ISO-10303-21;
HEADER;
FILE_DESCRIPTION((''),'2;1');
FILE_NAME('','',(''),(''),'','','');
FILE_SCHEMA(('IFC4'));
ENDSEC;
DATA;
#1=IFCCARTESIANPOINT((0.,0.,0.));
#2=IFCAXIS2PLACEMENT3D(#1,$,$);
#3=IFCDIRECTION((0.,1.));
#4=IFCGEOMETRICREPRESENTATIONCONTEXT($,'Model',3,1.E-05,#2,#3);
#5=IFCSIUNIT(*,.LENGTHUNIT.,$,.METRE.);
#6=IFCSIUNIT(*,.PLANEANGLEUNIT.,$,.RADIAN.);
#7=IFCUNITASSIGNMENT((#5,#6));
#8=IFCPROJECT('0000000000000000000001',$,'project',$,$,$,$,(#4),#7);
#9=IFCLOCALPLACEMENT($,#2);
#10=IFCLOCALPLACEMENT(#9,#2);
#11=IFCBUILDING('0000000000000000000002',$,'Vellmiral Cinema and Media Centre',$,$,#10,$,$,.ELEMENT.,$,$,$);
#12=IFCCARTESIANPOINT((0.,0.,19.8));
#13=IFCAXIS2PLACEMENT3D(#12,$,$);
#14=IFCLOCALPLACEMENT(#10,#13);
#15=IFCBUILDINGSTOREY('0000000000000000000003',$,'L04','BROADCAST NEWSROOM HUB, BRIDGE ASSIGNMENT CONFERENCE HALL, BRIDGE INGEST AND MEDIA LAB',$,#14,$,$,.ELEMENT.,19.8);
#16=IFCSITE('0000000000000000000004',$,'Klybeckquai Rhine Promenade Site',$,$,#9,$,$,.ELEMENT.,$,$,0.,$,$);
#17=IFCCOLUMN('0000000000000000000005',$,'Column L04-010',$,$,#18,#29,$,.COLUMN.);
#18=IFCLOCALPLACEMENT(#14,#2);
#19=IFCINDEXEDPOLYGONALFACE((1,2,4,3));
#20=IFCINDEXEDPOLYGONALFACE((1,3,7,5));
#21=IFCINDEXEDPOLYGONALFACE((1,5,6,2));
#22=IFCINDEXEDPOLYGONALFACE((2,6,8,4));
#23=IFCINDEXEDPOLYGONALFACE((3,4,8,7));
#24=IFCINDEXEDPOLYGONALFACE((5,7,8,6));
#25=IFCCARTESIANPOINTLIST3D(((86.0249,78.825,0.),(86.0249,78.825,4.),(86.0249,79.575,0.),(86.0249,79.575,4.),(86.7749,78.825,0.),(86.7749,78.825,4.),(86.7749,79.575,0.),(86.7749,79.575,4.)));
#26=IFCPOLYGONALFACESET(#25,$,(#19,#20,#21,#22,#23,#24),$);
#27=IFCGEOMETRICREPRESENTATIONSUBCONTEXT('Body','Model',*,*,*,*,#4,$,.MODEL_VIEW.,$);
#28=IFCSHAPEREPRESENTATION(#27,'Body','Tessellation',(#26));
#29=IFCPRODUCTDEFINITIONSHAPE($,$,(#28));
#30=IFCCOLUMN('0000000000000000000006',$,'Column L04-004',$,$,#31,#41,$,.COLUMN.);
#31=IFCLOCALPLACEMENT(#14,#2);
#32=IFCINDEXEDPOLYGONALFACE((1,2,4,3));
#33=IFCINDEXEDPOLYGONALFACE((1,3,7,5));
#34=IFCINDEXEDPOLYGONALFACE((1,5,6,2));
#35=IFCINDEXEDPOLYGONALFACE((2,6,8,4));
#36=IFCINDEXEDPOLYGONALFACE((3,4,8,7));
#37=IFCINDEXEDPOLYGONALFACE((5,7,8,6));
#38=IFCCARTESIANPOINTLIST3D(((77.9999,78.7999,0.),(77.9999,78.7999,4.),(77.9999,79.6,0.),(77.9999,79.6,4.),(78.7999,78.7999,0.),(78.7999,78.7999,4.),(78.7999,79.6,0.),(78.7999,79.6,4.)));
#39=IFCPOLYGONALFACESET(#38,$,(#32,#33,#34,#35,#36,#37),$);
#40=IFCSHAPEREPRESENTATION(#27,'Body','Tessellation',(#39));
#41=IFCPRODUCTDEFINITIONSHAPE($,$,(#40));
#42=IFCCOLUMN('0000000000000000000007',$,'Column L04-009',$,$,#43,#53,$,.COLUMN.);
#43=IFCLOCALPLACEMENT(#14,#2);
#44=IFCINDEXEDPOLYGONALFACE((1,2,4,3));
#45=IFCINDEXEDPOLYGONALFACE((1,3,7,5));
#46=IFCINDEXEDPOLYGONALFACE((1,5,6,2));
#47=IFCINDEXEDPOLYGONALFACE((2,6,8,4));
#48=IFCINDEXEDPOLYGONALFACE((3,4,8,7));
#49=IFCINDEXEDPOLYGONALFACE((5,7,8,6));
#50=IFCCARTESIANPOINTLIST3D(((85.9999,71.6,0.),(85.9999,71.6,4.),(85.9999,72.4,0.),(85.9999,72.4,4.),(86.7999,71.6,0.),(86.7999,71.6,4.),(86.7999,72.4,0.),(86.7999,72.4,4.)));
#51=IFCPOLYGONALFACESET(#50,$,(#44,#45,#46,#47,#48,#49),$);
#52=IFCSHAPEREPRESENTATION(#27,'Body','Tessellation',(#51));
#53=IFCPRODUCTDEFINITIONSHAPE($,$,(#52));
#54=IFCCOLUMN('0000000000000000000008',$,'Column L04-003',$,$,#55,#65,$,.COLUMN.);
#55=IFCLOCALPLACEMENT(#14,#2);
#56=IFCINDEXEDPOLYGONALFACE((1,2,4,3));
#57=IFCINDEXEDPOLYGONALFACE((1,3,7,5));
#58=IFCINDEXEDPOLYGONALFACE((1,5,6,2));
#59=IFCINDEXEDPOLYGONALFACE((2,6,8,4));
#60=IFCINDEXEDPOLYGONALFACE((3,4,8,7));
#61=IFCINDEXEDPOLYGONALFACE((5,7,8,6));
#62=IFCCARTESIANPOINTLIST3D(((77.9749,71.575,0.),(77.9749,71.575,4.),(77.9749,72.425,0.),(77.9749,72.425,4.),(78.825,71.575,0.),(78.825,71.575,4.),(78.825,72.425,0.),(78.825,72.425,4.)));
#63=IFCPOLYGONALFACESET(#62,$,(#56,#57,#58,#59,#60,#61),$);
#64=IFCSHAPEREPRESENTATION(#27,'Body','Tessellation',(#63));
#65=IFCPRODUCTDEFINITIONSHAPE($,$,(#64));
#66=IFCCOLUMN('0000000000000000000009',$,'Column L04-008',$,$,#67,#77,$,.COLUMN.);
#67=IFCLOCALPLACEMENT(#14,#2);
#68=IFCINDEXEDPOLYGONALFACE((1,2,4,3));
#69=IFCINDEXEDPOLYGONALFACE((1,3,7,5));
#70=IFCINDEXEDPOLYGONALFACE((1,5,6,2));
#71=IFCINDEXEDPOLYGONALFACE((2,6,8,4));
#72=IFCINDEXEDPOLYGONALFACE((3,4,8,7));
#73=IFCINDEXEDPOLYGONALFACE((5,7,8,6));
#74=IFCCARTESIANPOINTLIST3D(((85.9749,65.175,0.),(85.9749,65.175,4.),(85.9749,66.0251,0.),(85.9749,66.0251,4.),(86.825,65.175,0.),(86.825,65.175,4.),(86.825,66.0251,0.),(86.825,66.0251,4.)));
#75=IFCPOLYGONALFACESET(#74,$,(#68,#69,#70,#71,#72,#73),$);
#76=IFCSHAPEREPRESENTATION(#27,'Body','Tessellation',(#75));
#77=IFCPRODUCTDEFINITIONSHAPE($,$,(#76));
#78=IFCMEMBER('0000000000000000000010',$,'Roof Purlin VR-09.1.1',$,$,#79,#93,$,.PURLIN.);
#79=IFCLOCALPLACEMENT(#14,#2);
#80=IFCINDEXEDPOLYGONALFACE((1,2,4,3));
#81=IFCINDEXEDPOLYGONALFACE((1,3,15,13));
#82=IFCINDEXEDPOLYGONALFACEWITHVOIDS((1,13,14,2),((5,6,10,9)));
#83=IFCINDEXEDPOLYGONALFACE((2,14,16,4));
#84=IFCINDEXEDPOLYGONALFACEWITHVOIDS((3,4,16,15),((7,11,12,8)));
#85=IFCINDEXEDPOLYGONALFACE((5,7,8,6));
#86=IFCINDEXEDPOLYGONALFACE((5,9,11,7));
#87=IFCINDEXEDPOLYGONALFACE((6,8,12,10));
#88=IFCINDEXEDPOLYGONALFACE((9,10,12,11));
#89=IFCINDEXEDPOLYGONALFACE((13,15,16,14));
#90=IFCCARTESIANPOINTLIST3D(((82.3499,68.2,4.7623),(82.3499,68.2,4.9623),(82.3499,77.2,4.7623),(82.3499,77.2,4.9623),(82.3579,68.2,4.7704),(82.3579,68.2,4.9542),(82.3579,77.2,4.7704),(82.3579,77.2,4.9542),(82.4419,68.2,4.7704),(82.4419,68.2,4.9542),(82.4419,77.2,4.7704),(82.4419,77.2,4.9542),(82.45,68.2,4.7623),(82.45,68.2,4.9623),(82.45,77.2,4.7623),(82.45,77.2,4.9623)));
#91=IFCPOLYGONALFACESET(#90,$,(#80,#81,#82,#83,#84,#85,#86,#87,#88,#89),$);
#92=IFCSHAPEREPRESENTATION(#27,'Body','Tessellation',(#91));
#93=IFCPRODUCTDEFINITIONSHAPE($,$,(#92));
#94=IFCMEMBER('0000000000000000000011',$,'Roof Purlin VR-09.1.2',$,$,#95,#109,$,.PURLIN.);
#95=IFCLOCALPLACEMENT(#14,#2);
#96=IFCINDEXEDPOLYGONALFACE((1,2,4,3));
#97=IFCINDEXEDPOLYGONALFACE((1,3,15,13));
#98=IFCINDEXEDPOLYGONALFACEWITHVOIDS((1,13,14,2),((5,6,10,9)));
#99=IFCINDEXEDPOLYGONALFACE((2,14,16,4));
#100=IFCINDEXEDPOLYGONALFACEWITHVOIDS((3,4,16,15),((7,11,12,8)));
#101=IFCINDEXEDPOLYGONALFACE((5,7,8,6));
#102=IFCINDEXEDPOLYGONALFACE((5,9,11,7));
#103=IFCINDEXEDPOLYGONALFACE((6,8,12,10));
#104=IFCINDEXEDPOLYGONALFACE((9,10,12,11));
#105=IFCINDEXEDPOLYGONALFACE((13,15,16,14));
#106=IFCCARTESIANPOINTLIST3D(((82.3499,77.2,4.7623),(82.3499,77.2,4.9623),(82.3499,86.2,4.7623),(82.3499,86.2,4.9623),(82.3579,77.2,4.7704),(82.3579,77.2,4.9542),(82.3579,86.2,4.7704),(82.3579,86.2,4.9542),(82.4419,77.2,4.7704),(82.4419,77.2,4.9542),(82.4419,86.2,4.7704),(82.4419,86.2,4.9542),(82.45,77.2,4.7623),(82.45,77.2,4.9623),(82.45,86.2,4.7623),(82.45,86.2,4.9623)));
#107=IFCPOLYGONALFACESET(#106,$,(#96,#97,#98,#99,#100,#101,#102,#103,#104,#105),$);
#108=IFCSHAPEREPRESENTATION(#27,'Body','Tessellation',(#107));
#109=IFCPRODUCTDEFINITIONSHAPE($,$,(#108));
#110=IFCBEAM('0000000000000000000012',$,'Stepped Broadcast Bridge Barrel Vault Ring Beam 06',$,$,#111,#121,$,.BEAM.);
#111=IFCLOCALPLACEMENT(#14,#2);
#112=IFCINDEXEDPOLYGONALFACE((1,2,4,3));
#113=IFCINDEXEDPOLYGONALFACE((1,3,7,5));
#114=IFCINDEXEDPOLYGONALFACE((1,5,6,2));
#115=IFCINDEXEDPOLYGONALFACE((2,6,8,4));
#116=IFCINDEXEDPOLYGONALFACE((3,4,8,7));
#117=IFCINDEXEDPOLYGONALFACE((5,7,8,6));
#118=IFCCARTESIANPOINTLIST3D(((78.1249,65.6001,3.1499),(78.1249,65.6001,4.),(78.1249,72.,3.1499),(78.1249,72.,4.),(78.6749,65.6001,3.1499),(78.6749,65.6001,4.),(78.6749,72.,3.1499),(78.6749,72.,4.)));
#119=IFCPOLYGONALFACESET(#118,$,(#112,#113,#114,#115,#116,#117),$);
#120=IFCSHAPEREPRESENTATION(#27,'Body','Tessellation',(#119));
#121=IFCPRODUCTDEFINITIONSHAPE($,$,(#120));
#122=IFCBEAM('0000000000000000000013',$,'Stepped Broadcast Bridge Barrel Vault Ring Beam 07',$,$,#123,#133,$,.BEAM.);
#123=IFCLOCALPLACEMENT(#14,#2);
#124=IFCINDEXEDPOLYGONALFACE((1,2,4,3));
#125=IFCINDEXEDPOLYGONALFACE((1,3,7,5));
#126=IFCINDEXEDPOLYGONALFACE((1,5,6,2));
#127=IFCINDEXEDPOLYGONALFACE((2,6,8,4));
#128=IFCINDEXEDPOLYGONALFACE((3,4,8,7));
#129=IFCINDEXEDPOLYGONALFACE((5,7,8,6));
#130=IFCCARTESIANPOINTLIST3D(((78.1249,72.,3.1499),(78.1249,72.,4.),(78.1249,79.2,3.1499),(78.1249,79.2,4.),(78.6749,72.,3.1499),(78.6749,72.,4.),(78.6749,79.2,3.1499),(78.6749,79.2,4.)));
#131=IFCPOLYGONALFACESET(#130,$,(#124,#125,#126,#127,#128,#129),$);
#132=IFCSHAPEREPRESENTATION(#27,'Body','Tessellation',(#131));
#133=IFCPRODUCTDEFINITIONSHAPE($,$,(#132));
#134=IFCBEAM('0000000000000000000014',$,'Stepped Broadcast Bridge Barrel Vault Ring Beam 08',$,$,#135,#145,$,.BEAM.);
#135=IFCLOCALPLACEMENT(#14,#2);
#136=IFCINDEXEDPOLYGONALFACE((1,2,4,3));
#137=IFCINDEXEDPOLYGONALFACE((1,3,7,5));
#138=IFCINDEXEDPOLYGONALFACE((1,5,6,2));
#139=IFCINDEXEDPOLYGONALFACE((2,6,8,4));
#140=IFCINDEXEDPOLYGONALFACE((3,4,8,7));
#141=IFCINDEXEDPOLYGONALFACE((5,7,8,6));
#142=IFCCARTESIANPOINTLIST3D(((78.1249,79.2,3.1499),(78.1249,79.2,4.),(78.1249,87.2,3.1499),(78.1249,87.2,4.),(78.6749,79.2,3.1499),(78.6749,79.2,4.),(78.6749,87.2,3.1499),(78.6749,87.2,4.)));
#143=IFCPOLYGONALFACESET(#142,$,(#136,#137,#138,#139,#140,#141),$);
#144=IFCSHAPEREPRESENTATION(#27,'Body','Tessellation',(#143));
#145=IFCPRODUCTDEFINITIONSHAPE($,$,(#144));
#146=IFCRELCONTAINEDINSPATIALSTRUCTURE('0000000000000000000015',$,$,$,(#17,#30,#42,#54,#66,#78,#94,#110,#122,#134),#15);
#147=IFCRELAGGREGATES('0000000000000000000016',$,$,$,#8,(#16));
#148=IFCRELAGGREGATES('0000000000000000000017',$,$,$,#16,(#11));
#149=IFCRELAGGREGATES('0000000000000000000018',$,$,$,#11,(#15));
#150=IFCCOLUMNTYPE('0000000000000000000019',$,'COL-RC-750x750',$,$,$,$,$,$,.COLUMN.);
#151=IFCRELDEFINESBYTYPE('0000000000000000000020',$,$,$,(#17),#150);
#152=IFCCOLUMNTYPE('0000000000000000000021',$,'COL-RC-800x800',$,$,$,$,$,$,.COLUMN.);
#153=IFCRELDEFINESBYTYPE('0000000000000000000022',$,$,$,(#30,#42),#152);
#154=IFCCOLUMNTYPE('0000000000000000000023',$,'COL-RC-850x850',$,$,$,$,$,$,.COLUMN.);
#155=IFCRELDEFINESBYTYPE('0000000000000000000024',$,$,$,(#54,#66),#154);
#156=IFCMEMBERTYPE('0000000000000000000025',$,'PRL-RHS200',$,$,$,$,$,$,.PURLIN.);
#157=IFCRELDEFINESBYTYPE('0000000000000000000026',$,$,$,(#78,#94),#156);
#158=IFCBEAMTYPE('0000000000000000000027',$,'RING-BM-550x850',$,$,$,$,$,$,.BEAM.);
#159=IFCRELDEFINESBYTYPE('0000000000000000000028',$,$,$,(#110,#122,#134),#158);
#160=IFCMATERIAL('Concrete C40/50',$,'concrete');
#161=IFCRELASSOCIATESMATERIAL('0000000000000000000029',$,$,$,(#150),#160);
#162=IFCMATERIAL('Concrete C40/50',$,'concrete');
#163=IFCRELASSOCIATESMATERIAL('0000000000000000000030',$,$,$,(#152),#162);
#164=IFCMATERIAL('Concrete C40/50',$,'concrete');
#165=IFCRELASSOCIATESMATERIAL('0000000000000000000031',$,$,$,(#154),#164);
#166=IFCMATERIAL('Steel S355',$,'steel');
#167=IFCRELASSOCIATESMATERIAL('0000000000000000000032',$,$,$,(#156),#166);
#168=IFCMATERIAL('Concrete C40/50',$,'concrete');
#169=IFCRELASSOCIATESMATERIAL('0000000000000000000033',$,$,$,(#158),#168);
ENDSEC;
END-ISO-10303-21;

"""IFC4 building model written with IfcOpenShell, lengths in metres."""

from ifc_helpers import new_model, si_unit, direction, frame, origin, origin_2d, place, context, subcontext, project, spatial, rectangle, hollow_rectangle, extrude, material, material_profile, profile_set, type_object, element, save


model = new_model("IFC4")

# Units and contexts
model_context = context("Model", 3, precision=1e-05, world=origin(), true_north=direction((0.0, 1.0)))
body_context = subcontext(model_context, "Body", "Model", "MODEL_VIEW")
ifc_project = project(units=[si_unit("LENGTHUNIT", "METRE"), si_unit("PLANEANGLEUNIT", "RADIAN")], contexts=[model_context])

# Site, building, storey
site_placement = place(None, origin())
site = spatial("IfcSite", under=ifc_project, at=site_placement, Name="Klybeckquai Rhine Promenade Site", CompositionType="ELEMENT", RefElevation=0.0)
building_placement = place(site_placement, origin())
building = spatial("IfcBuilding", under=site, at=building_placement, Name="Vellmiral Cinema and Media Centre", CompositionType="ELEMENT")
storey_placement = place(building_placement, frame((0.0, 0.0, 19.8)))
storey = spatial("IfcBuildingStorey", under=building, at=storey_placement, Name="L04", Description="BROADCAST NEWSROOM HUB, BRIDGE ASSIGNMENT CONFERENCE HALL, BRIDGE INGEST AND MEDIA LAB", CompositionType="ELEMENT", Elevation=19.8)

# Columns
ifc_material_1 = material(Name="Concrete C40/50", Category="concrete")
ifc_material_profile_1 = material_profile(ifc_material_1, rectangle(XDim=0.75, YDim=0.75, at=origin_2d()), Name="RC 750x750")
ifc_profile_set_1 = profile_set([ifc_material_profile_1], Name="Concrete C40/50")
column_type_1 = type_object("IfcColumnType", Name="COL-RC-750x750", PredefinedType="COLUMN", material=ifc_profile_set_1)
column_placement = place(storey_placement, frame((86.3999, 79.2, 0.0), z_axis=(0.0, 0.0, 1.0), x_axis=(1.0, 0.0, 0.0)))
element("IfcColumn", 1, at=column_placement, inside=storey, type_object=column_type_1, Name="Column L04-010", PredefinedType="COLUMN", context=body_context, shape_type="SweptSolid", body=[
    extrude(rectangle(XDim=0.75, YDim=0.75, at=origin_2d()), origin(), (0.0, 0.0, 1.0), 4.0),
])
ifc_material_2 = material(Name="Concrete C40/50", Category="concrete")
ifc_material_profile_2 = material_profile(ifc_material_2, rectangle(XDim=0.8, YDim=0.8, at=origin_2d()), Name="RC 800x800")
ifc_profile_set_2 = profile_set([ifc_material_profile_2], Name="Concrete C40/50")
column_type_2 = type_object("IfcColumnType", Name="COL-RC-800x800", PredefinedType="COLUMN", material=ifc_profile_set_2)
for number, where, z_axis, x_axis, name in (
    (2, (78.3999, 79.2, 0.0), (0.0, 0.0, 1.0), (1.0, 0.0, 0.0), "Column L04-004"),
    (3, (86.3999, 72.0, 0.0), (0.0, 0.0, 1.0), (1.0, 0.0, 0.0), "Column L04-009"),
):
    element("IfcColumn", number, at=place(storey_placement, frame(where, z_axis=z_axis, x_axis=x_axis)), inside=storey, type_object=column_type_2, Name=name, PredefinedType="COLUMN", context=body_context, shape_type="SweptSolid", body=[
        extrude(rectangle(XDim=0.8, YDim=0.8, at=origin_2d()), origin(), (0.0, 0.0, 1.0), 4.0),
    ])
ifc_material_3 = material(Name="Concrete C40/50", Category="concrete")
ifc_material_profile_3 = material_profile(ifc_material_3, rectangle(XDim=0.8501, YDim=0.8501, at=origin_2d()), Name="RC 850x850")
ifc_profile_set_3 = profile_set([ifc_material_profile_3], Name="Concrete C40/50")
column_type_3 = type_object("IfcColumnType", Name="COL-RC-850x850", PredefinedType="COLUMN", material=ifc_profile_set_3)
for number, where, z_axis, x_axis, name in (
    (4, (78.3999, 72.0, 0.0), (0.0, 0.0, 1.0), (1.0, 0.0, 0.0), "Column L04-003"),
    (5, (86.3999, 65.6001, 0.0), (0.0, 0.0, 1.0), (1.0, 0.0, 0.0), "Column L04-008"),
):
    element("IfcColumn", number, at=place(storey_placement, frame(where, z_axis=z_axis, x_axis=x_axis)), inside=storey, type_object=column_type_3, Name=name, PredefinedType="COLUMN", context=body_context, shape_type="SweptSolid", body=[
        extrude(rectangle(XDim=0.8501, YDim=0.8501, at=origin_2d()), origin(), (0.0, 0.0, 1.0), 4.0),
    ])

# Members
ifc_material_4 = material(Name="Steel S355", Category="steel")
ifc_material_profile_4 = material_profile(ifc_material_4, hollow_rectangle(XDim=0.1001, YDim=0.2, WallThickness=0.0081, at=origin_2d()), Name="RHS 200x100x8.0")
ifc_profile_set_4 = profile_set([ifc_material_profile_4], Name="Steel S355")
member_type_1 = type_object("IfcMemberType", Name="PRL-RHS200", PredefinedType="PURLIN", material=ifc_profile_set_4)
for number, where, z_axis, x_axis, name in (
    (6, (82.3999, 68.2, 4.8623), (0.0, 1.0, 0.0), (-1.0, 0.0, 0.0), "Roof Purlin VR-09.1.1"),
    (7, (82.3999, 77.2, 4.8623), (0.0, 1.0, 0.0), (-1.0, 0.0, 0.0), "Roof Purlin VR-09.1.2"),
):
    element("IfcMember", number, at=place(storey_placement, frame(where, z_axis=z_axis, x_axis=x_axis)), inside=storey, type_object=member_type_1, Name=name, PredefinedType="PURLIN", context=body_context, shape_type="SweptSolid", body=[
        extrude(hollow_rectangle(XDim=0.1001, YDim=0.2, WallThickness=0.0081, at=origin_2d()), origin(), (0.0, 0.0, 1.0), 9.0),
    ])

# Beams
ifc_material_5 = material(Name="Concrete C40/50", Category="concrete")
ifc_material_profile_5 = material_profile(ifc_material_5, rectangle(XDim=0.55, YDim=0.8501, at=origin_2d()), Name="RC 550x850")
ifc_profile_set_5 = profile_set([ifc_material_profile_5], Name="Concrete C40/50")
beam_type = type_object("IfcBeamType", Name="RING-BM-550x850", PredefinedType="BEAM", material=ifc_profile_set_5)
beam_1_placement = place(storey_placement, frame((78.3999, 65.6001, 3.575), z_axis=(0.0, 1.0, 0.0), x_axis=(-1.0, 0.0, 0.0)))
element("IfcBeam", 8, at=beam_1_placement, inside=storey, type_object=beam_type, Name="Stepped Broadcast Bridge Barrel Vault Ring Beam 06", PredefinedType="BEAM", context=body_context, shape_type="SweptSolid", body=[
    extrude(rectangle(XDim=0.55, YDim=0.8501, at=origin_2d()), origin(), (0.0, 0.0, 1.0), 6.3999),
])
beam_2_placement = place(storey_placement, frame((78.3999, 72.0, 3.575), z_axis=(0.0, 1.0, 0.0), x_axis=(-1.0, 0.0, 0.0)))
element("IfcBeam", 9, at=beam_2_placement, inside=storey, type_object=beam_type, Name="Stepped Broadcast Bridge Barrel Vault Ring Beam 07", PredefinedType="BEAM", context=body_context, shape_type="SweptSolid", body=[
    extrude(rectangle(XDim=0.55, YDim=0.8501, at=origin_2d()), origin(), (0.0, 0.0, 1.0), 7.2),
])
beam_3_placement = place(storey_placement, frame((78.3999, 79.2, 3.575), z_axis=(0.0, 1.0, 0.0), x_axis=(-1.0, 0.0, 0.0)))
element("IfcBeam", 10, at=beam_3_placement, inside=storey, type_object=beam_type, Name="Stepped Broadcast Bridge Barrel Vault Ring Beam 08", PredefinedType="BEAM", context=body_context, shape_type="SweptSolid", body=[
    extrude(rectangle(XDim=0.55, YDim=0.8501, at=origin_2d()), origin(), (0.0, 0.0, 1.0), 8.0),
])

save(model, "model.ifc")
